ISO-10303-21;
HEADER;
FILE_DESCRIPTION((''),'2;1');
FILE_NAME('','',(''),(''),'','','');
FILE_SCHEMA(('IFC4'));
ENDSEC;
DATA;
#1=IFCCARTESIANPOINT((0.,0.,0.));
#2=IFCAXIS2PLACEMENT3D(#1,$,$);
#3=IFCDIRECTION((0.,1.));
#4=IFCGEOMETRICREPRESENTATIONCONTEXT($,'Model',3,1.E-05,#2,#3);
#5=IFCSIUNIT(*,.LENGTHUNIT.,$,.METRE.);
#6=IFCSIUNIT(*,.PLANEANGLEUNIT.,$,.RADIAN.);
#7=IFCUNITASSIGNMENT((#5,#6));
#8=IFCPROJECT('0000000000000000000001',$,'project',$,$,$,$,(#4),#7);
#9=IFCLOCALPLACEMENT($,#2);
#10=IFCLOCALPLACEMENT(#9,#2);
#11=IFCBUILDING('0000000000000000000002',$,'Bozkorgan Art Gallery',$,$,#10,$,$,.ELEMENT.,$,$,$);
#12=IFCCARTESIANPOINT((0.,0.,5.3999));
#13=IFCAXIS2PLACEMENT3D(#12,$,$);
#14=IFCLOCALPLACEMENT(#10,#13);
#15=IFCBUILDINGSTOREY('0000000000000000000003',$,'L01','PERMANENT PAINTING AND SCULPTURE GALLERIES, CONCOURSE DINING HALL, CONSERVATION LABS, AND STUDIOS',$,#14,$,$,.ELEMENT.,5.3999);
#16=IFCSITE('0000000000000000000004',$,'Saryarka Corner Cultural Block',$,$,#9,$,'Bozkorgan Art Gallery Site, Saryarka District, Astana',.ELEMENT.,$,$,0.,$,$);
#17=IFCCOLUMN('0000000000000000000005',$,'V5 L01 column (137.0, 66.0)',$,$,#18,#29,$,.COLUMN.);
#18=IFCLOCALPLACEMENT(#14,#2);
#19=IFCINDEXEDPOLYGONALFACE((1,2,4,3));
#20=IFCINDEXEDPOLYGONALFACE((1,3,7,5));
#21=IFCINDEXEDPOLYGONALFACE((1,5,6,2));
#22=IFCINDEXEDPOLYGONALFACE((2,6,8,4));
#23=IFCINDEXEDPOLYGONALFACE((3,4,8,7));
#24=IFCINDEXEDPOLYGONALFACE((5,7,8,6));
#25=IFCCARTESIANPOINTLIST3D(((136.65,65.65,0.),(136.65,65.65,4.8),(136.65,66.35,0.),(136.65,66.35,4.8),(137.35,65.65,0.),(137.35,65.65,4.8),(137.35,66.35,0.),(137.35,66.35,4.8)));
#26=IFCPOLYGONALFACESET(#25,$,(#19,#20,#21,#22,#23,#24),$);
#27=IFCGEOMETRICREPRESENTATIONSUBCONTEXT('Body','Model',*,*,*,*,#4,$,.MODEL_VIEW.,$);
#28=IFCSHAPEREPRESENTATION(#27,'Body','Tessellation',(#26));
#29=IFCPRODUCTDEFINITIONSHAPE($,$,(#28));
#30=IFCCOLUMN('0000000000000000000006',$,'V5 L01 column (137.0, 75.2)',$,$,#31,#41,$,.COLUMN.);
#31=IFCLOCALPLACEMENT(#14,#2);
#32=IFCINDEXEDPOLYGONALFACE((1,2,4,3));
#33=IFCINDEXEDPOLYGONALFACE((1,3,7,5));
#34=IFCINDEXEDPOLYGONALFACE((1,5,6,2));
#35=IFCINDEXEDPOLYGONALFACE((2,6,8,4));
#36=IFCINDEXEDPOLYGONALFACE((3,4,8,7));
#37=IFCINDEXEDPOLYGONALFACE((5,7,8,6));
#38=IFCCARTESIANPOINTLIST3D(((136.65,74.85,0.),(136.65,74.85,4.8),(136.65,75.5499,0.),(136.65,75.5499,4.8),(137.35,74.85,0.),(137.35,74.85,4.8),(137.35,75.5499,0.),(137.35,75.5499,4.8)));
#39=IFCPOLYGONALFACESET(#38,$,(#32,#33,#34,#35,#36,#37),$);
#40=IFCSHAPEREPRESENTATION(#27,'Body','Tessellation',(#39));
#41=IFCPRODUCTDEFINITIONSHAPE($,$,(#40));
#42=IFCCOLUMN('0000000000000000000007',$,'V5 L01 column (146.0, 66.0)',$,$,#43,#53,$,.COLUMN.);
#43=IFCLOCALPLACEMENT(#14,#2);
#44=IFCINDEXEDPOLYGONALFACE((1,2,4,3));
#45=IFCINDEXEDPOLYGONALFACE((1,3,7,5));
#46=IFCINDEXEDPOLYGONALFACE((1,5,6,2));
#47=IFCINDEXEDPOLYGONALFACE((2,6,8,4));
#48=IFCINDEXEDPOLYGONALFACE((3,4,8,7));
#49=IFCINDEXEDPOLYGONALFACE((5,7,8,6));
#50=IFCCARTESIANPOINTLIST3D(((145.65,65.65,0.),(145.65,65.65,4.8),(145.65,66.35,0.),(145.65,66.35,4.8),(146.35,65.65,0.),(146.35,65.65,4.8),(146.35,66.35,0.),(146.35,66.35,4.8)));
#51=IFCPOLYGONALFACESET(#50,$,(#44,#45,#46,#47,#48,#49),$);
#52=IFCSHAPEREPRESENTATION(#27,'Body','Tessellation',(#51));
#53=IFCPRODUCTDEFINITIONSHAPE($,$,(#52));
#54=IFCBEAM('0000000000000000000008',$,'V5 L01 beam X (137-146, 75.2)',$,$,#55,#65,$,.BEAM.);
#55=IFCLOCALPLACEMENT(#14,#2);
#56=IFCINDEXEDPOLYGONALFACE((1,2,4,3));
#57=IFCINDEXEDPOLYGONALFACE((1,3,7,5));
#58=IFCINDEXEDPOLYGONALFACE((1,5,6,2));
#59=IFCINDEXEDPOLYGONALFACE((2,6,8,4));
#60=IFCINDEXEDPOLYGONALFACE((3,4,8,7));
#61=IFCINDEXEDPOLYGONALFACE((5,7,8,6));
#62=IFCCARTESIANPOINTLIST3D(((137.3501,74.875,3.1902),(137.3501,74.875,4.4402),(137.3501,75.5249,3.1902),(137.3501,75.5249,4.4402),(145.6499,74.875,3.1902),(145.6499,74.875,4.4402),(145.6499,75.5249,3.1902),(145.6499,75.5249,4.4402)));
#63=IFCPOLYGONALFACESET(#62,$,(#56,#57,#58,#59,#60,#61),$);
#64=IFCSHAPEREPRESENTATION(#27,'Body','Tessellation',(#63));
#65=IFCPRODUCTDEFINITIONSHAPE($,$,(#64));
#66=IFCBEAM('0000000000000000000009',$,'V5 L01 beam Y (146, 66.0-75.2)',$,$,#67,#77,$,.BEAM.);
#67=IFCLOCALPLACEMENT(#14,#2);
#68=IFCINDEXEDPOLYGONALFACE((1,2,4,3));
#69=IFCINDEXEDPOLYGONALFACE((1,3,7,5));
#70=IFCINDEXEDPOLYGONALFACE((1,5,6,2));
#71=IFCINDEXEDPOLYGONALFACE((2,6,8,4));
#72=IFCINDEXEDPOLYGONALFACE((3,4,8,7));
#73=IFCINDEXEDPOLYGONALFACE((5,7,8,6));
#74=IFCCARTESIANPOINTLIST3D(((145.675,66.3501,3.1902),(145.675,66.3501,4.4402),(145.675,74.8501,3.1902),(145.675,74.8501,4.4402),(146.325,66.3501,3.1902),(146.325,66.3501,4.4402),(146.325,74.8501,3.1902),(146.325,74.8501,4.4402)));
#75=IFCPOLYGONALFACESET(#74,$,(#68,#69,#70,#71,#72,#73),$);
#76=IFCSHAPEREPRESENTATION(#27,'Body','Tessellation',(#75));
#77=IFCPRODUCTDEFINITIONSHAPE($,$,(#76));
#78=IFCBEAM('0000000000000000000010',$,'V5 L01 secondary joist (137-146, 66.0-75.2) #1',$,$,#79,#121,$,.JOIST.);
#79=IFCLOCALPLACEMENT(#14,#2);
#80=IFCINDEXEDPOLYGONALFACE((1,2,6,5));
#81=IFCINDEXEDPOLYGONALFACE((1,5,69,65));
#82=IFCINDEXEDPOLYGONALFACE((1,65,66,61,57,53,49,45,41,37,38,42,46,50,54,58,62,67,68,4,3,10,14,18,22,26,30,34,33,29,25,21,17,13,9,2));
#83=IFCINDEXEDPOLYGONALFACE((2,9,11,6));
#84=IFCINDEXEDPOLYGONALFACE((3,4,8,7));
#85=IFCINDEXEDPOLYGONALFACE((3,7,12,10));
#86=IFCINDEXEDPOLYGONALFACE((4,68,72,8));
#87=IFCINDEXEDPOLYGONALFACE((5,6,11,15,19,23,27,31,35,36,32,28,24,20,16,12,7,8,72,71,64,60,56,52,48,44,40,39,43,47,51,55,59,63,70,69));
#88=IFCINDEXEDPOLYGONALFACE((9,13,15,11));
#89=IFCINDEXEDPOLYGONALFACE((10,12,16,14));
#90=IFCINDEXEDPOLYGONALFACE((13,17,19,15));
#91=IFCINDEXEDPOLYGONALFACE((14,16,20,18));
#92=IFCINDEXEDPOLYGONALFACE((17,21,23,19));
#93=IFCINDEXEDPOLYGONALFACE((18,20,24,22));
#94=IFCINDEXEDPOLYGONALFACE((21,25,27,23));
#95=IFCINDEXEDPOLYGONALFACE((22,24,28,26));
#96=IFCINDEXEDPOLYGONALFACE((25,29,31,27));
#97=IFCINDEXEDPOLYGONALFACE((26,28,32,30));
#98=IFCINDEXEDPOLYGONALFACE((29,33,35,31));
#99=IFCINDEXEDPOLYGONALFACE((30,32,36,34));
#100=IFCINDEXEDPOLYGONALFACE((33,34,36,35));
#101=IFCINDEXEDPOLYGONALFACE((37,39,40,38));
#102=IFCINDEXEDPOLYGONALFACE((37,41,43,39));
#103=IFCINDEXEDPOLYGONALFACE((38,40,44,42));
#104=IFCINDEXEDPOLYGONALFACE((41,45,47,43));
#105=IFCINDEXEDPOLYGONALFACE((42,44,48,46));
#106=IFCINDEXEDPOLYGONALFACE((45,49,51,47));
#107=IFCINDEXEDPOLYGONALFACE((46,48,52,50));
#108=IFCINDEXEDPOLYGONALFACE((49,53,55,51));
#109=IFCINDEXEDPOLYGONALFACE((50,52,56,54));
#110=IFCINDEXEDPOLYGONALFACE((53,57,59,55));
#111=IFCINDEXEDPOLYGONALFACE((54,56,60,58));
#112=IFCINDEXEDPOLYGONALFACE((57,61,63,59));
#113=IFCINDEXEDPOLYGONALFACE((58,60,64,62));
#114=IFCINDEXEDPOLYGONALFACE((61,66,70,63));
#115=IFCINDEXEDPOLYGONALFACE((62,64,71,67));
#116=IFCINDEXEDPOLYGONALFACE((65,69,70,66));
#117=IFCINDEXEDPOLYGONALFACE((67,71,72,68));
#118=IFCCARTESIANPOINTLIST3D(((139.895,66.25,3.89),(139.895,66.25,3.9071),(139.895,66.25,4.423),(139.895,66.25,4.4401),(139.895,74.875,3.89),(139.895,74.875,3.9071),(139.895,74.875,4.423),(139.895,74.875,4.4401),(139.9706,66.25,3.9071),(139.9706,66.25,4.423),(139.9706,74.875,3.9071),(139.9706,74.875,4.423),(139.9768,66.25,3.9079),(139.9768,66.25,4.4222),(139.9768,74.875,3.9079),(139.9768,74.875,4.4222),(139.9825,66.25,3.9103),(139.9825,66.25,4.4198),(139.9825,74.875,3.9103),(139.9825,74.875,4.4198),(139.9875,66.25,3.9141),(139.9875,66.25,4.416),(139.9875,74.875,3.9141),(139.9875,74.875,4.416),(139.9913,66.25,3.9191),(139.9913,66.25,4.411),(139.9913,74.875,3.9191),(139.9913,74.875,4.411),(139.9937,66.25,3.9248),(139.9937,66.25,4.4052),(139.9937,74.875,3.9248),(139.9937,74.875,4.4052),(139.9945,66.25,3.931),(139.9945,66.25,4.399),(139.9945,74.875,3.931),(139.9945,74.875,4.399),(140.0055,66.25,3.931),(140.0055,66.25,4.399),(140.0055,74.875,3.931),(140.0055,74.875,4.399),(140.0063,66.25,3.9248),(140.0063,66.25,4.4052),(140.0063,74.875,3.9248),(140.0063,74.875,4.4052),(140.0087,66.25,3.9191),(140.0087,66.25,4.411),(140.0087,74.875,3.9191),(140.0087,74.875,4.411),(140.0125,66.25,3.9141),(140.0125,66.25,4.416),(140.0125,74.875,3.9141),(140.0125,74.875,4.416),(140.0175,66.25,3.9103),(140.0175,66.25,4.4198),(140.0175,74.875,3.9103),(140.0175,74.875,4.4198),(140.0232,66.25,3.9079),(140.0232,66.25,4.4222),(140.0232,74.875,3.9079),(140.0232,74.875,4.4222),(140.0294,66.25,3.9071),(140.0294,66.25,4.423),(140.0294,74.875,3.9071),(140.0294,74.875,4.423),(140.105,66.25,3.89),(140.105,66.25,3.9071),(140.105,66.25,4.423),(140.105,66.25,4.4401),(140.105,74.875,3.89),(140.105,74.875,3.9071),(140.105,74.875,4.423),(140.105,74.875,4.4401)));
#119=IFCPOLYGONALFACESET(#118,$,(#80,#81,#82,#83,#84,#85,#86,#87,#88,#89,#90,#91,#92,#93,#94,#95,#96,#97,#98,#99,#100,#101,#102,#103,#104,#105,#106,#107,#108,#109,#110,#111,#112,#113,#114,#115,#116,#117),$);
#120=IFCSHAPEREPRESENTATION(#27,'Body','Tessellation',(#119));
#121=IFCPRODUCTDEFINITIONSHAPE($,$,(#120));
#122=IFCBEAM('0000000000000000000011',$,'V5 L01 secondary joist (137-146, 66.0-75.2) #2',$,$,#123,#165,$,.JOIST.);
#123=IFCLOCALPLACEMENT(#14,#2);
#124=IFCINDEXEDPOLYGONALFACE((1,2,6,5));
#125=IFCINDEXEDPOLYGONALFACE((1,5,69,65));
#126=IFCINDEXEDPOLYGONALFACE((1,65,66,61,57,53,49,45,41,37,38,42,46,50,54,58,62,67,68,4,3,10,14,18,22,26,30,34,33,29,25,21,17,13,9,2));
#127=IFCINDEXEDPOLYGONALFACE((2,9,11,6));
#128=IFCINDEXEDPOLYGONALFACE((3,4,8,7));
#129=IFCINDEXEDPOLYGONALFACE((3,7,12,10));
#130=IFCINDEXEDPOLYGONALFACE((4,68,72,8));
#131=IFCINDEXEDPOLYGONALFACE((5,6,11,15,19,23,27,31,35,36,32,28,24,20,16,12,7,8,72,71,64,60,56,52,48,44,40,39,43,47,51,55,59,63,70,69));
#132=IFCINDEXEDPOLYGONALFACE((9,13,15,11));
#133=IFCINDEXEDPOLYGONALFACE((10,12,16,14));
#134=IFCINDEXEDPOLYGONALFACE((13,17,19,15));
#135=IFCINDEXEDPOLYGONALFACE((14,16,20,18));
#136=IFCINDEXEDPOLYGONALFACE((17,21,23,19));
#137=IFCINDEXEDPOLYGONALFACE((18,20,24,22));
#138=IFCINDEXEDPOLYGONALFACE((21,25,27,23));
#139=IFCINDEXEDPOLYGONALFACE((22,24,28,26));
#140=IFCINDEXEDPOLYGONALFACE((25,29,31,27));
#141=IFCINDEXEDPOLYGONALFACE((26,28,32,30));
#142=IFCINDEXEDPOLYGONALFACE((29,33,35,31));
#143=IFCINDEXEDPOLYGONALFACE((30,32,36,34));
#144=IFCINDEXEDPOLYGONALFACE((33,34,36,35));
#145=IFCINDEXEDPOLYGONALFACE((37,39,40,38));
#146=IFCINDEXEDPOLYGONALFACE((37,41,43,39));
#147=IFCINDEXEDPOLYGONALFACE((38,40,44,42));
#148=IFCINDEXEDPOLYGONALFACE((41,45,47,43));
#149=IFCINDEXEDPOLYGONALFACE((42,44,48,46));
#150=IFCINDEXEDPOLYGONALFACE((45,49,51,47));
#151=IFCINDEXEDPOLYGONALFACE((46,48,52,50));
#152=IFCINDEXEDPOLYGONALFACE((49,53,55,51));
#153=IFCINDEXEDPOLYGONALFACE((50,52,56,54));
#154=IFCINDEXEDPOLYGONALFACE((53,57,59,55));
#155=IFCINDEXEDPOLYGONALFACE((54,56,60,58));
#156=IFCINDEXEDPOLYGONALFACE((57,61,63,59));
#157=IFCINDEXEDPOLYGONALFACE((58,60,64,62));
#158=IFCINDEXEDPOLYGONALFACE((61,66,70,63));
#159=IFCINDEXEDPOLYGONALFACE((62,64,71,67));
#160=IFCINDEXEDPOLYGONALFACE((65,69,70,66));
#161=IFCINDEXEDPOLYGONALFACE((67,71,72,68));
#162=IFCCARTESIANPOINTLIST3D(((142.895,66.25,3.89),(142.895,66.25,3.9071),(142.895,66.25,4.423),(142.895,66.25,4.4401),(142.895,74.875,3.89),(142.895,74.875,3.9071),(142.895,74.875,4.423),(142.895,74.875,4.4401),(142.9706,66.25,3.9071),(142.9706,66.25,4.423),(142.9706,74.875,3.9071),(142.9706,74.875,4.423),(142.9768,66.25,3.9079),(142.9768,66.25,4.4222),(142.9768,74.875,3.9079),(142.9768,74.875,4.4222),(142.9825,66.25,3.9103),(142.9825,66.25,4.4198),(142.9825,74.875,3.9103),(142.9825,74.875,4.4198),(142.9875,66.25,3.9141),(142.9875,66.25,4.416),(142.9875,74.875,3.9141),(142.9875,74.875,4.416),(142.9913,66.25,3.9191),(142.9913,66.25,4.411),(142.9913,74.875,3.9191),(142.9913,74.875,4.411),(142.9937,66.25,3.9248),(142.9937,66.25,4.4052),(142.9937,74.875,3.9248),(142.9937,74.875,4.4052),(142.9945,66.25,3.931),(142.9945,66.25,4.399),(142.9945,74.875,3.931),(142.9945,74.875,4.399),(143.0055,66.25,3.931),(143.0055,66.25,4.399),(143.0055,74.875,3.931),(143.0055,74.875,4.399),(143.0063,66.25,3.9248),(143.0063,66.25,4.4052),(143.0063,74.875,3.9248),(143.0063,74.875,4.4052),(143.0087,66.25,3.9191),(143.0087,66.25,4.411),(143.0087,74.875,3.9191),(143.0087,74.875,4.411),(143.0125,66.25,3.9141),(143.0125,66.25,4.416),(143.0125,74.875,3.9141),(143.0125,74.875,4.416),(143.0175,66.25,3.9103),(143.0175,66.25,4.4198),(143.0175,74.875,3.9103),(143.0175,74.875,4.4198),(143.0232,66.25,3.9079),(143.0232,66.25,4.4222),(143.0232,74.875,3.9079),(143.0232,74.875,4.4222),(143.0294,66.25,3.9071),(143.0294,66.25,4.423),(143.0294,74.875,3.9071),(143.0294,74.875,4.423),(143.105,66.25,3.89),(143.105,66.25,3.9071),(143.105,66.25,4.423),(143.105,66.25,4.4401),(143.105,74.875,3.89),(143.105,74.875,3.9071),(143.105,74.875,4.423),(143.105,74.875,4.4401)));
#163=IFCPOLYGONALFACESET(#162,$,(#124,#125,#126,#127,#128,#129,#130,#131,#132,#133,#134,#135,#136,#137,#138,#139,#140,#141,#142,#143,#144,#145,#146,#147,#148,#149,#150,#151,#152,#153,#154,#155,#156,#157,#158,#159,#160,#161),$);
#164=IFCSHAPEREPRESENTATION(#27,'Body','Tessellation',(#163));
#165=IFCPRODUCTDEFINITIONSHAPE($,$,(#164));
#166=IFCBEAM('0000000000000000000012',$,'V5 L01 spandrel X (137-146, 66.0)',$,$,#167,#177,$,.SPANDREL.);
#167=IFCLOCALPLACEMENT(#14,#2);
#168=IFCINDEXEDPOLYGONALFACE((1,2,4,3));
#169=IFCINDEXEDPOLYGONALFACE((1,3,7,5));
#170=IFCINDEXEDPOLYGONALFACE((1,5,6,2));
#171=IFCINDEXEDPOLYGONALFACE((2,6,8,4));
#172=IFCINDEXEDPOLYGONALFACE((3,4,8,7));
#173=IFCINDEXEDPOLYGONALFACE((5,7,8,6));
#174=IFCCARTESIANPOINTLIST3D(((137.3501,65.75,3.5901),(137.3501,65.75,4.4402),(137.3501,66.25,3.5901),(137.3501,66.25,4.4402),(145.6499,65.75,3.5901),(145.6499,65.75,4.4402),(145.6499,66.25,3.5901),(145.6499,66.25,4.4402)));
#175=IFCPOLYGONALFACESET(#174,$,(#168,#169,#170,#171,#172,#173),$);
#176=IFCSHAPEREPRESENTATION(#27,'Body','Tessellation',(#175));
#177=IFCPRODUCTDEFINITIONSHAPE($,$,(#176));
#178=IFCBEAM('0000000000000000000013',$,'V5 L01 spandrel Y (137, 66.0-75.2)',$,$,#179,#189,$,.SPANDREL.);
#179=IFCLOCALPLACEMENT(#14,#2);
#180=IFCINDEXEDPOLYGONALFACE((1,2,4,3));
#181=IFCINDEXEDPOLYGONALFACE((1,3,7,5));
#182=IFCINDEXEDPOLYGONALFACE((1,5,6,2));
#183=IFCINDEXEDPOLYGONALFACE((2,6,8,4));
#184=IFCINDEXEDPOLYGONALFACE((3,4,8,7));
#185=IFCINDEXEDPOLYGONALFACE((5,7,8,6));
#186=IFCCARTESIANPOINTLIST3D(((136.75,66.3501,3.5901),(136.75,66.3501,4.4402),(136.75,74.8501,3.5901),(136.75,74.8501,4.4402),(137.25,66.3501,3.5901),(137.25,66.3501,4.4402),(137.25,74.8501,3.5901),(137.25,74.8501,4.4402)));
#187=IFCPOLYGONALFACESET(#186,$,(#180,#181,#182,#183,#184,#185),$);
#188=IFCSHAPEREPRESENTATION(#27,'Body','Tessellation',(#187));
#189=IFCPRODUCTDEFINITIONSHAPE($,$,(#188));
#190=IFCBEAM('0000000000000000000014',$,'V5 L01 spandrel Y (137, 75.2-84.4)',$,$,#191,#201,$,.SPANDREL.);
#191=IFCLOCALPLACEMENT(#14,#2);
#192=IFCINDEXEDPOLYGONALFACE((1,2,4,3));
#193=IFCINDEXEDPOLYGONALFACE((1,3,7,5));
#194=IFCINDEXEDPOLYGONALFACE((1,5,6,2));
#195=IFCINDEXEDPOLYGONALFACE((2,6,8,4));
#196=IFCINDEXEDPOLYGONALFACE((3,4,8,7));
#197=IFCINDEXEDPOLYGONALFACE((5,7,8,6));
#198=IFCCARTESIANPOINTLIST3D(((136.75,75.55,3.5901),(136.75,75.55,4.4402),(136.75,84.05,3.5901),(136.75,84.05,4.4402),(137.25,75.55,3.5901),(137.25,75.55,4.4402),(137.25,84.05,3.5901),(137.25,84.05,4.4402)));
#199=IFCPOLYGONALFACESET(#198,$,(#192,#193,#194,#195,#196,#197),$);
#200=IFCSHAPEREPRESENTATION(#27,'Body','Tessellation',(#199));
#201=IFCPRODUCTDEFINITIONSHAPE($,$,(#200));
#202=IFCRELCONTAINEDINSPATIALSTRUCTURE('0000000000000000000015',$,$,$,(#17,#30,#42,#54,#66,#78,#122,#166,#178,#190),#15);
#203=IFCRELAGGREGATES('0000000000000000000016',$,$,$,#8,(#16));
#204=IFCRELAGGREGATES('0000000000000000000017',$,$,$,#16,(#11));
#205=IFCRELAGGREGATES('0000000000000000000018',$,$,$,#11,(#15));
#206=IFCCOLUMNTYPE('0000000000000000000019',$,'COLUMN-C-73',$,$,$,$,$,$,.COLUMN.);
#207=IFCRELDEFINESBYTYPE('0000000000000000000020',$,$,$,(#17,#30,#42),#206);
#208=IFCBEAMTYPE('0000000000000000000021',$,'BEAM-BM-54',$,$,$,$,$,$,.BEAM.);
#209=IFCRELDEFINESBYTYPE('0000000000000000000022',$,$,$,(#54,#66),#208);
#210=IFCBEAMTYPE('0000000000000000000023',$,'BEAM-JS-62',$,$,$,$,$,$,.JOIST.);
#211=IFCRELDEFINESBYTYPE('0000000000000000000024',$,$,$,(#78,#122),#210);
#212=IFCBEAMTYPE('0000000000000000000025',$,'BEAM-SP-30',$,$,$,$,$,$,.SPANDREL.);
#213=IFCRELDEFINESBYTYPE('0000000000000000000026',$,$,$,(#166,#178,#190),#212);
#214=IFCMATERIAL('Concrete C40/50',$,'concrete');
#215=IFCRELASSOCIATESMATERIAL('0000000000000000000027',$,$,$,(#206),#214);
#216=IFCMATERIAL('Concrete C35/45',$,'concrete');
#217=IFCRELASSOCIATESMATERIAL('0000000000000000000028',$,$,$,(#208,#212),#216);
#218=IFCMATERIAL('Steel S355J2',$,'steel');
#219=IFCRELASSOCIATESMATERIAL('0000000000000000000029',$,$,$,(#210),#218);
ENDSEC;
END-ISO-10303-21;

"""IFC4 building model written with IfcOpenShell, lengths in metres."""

from ifc_helpers import new_model, si_unit, direction, frame, origin, origin_2d, place, context, subcontext, project, spatial, rectangle, i_section, extrude, material, material_profile, profile_set, type_object, element, save


model = new_model("IFC4")

# Units and contexts
model_context = context("Model", 3, precision=1e-05, world=origin(), true_north=direction((0.0, 1.0)))
body_context = subcontext(model_context, "Body", "Model", "MODEL_VIEW")
ifc_project = project(units=[si_unit("LENGTHUNIT", "METRE"), si_unit("PLANEANGLEUNIT", "RADIAN")], contexts=[model_context])

# Site, building, storey
site_placement = place(None, origin())
site = spatial("IfcSite", under=ifc_project, at=site_placement, Name="Saryarka Corner Cultural Block", LongName="Bozkorgan Art Gallery Site, Saryarka District, Astana", CompositionType="ELEMENT", RefElevation=0.0)
building_placement = place(site_placement, origin())
building = spatial("IfcBuilding", under=site, at=building_placement, Name="Bozkorgan Art Gallery", CompositionType="ELEMENT")
storey_placement = place(building_placement, frame((0.0, 0.0, 5.3999)))
storey = spatial("IfcBuildingStorey", under=building, at=storey_placement, Name="L01", Description="PERMANENT PAINTING AND SCULPTURE GALLERIES, CONCOURSE DINING HALL, CONSERVATION LABS, AND STUDIOS", CompositionType="ELEMENT", Elevation=5.3999)

# Columns
ifc_material_1 = material(Name="Concrete C40/50", Category="concrete")
ifc_material_profile_1 = material_profile(ifc_material_1, rectangle(XDim=0.7, YDim=0.7, at=origin_2d()), Name="RC 700x700")
ifc_profile_set_1 = profile_set([ifc_material_profile_1], Name="Concrete C40/50")
column_type = type_object("IfcColumnType", Name="COLUMN-C-73", PredefinedType="COLUMN", material=ifc_profile_set_1)
for number, where, z_axis, x_axis, name in (
    (1, (137.0, 66.0, 0.0), (0.0, 0.0, 1.0), (1.0, 0.0, 0.0), "V5 L01 column (137.0, 66.0)"),
    (2, (137.0, 75.2, 0.0), (0.0, 0.0, 1.0), (1.0, 0.0, 0.0), "V5 L01 column (137.0, 75.2)"),
    (3, (146.0, 66.0, 0.0), (0.0, 0.0, 1.0), (1.0, 0.0, 0.0), "V5 L01 column (146.0, 66.0)"),
):
    element("IfcColumn", number, at=place(storey_placement, frame(where, z_axis=z_axis, x_axis=x_axis)), inside=storey, type_object=column_type, Name=name, PredefinedType="COLUMN", context=body_context, shape_type="SweptSolid", body=[
        extrude(rectangle(XDim=0.7, YDim=0.7, at=origin_2d()), origin(), (0.0, 0.0, 1.0), 4.8),
    ])

# Beams
ifc_material_2 = material(Name="Concrete C35/45", Category="concrete")
ifc_material_profile_2 = material_profile(ifc_material_2, rectangle(XDim=0.6499, YDim=1.25, at=origin_2d()), Name="RC 650x1250")
ifc_profile_set_2 = profile_set([ifc_material_profile_2], Name="Concrete C35/45")
beam_type_1 = type_object("IfcBeamType", Name="BEAM-BM-54", PredefinedType="BEAM", material=ifc_profile_set_2)
beam_1_placement = place(storey_placement, frame((137.3501, 75.2, 3.8152), z_axis=(1.0, 0.0, 0.0), x_axis=(0.0, 1.0, 0.0)))
element("IfcBeam", 4, at=beam_1_placement, inside=storey, type_object=beam_type_1, Name="V5 L01 beam X (137-146, 75.2)", PredefinedType="BEAM", context=body_context, shape_type="SweptSolid", body=[
    extrude(rectangle(XDim=0.6499, YDim=1.25, at=origin_2d()), origin(), (0.0, 0.0, 1.0), 8.2998),
])
beam_2_placement = place(storey_placement, frame((146.0, 66.3501, 3.8152), z_axis=(0.0, 1.0, 0.0), x_axis=(-1.0, 0.0, 0.0)))
element("IfcBeam", 5, at=beam_2_placement, inside=storey, type_object=beam_type_1, Name="V5 L01 beam Y (146, 66.0-75.2)", PredefinedType="BEAM", context=body_context, shape_type="SweptSolid", body=[
    extrude(rectangle(XDim=0.6499, YDim=1.25, at=origin_2d()), origin(), (0.0, 0.0, 1.0), 8.5),
])
ifc_material_3 = material(Name="Steel S355J2", Category="steel")
ifc_material_profile_3 = material_profile(ifc_material_3, i_section(OverallWidth=0.21, OverallDepth=0.55, WebThickness=0.011, FlangeThickness=0.0171, FilletRadius=0.0239, at=origin_2d()), Name="IPE 550")
ifc_profile_set_3 = profile_set([ifc_material_profile_3], Name="Steel S355J2")
beam_type_2 = type_object("IfcBeamType", Name="BEAM-JS-62", PredefinedType="JOIST", material=ifc_profile_set_3)
for number, where, z_axis, x_axis, name in (
    (6, (140.0, 66.25, 4.165), (0.0, 1.0, 0.0), (-1.0, 0.0, 0.0), "V5 L01 secondary joist (137-146, 66.0-75.2) #1"),
    (7, (143.0, 66.25, 4.165), (0.0, 1.0, 0.0), (-1.0, 0.0, 0.0), "V5 L01 secondary joist (137-146, 66.0-75.2) #2"),
):
    element("IfcBeam", number, at=place(storey_placement, frame(where, z_axis=z_axis, x_axis=x_axis)), inside=storey, type_object=beam_type_2, Name=name, PredefinedType="JOIST", context=body_context, shape_type="SweptSolid", body=[
        extrude(i_section(OverallWidth=0.21, OverallDepth=0.55, WebThickness=0.011, FlangeThickness=0.0171, FilletRadius=0.0239, at=origin_2d()), origin(), (0.0, 0.0, 1.0), 8.625),
    ])
ifc_material_profile_4 = material_profile(ifc_material_2, rectangle(XDim=0.5, YDim=0.8501, at=origin_2d()), Name="RC 500x850")
ifc_profile_set_4 = profile_set([ifc_material_profile_4], Name="Concrete C35/45")
beam_type_3 = type_object("IfcBeamType", Name="BEAM-SP-30", PredefinedType="SPANDREL", material=ifc_profile_set_4)
beam_3_placement = place(storey_placement, frame((137.3501, 66.0, 4.0151), z_axis=(1.0, 0.0, 0.0), x_axis=(0.0, 1.0, 0.0)))
element("IfcBeam", 8, at=beam_3_placement, inside=storey, type_object=beam_type_3, Name="V5 L01 spandrel X (137-146, 66.0)", PredefinedType="SPANDREL", context=body_context, shape_type="SweptSolid", body=[
    extrude(rectangle(XDim=0.5, YDim=0.8501, at=origin_2d()), origin(), (0.0, 0.0, 1.0), 8.2998),
])
for number, where, z_axis, x_axis, name in (
    (9, (137.0, 66.3501, 4.0151), (0.0, 1.0, 0.0), (-1.0, 0.0, 0.0), "V5 L01 spandrel Y (137, 66.0-75.2)"),
    (10, (137.0, 75.55, 4.0151), (0.0, 1.0, 0.0), (-1.0, 0.0, 0.0), "V5 L01 spandrel Y (137, 75.2-84.4)"),
):
    element("IfcBeam", number, at=place(storey_placement, frame(where, z_axis=z_axis, x_axis=x_axis)), inside=storey, type_object=beam_type_3, Name=name, PredefinedType="SPANDREL", context=body_context, shape_type="SweptSolid", body=[
        extrude(rectangle(XDim=0.5, YDim=0.8501, at=origin_2d()), origin(), (0.0, 0.0, 1.0), 8.5),
    ])

save(model, "model.ifc")
